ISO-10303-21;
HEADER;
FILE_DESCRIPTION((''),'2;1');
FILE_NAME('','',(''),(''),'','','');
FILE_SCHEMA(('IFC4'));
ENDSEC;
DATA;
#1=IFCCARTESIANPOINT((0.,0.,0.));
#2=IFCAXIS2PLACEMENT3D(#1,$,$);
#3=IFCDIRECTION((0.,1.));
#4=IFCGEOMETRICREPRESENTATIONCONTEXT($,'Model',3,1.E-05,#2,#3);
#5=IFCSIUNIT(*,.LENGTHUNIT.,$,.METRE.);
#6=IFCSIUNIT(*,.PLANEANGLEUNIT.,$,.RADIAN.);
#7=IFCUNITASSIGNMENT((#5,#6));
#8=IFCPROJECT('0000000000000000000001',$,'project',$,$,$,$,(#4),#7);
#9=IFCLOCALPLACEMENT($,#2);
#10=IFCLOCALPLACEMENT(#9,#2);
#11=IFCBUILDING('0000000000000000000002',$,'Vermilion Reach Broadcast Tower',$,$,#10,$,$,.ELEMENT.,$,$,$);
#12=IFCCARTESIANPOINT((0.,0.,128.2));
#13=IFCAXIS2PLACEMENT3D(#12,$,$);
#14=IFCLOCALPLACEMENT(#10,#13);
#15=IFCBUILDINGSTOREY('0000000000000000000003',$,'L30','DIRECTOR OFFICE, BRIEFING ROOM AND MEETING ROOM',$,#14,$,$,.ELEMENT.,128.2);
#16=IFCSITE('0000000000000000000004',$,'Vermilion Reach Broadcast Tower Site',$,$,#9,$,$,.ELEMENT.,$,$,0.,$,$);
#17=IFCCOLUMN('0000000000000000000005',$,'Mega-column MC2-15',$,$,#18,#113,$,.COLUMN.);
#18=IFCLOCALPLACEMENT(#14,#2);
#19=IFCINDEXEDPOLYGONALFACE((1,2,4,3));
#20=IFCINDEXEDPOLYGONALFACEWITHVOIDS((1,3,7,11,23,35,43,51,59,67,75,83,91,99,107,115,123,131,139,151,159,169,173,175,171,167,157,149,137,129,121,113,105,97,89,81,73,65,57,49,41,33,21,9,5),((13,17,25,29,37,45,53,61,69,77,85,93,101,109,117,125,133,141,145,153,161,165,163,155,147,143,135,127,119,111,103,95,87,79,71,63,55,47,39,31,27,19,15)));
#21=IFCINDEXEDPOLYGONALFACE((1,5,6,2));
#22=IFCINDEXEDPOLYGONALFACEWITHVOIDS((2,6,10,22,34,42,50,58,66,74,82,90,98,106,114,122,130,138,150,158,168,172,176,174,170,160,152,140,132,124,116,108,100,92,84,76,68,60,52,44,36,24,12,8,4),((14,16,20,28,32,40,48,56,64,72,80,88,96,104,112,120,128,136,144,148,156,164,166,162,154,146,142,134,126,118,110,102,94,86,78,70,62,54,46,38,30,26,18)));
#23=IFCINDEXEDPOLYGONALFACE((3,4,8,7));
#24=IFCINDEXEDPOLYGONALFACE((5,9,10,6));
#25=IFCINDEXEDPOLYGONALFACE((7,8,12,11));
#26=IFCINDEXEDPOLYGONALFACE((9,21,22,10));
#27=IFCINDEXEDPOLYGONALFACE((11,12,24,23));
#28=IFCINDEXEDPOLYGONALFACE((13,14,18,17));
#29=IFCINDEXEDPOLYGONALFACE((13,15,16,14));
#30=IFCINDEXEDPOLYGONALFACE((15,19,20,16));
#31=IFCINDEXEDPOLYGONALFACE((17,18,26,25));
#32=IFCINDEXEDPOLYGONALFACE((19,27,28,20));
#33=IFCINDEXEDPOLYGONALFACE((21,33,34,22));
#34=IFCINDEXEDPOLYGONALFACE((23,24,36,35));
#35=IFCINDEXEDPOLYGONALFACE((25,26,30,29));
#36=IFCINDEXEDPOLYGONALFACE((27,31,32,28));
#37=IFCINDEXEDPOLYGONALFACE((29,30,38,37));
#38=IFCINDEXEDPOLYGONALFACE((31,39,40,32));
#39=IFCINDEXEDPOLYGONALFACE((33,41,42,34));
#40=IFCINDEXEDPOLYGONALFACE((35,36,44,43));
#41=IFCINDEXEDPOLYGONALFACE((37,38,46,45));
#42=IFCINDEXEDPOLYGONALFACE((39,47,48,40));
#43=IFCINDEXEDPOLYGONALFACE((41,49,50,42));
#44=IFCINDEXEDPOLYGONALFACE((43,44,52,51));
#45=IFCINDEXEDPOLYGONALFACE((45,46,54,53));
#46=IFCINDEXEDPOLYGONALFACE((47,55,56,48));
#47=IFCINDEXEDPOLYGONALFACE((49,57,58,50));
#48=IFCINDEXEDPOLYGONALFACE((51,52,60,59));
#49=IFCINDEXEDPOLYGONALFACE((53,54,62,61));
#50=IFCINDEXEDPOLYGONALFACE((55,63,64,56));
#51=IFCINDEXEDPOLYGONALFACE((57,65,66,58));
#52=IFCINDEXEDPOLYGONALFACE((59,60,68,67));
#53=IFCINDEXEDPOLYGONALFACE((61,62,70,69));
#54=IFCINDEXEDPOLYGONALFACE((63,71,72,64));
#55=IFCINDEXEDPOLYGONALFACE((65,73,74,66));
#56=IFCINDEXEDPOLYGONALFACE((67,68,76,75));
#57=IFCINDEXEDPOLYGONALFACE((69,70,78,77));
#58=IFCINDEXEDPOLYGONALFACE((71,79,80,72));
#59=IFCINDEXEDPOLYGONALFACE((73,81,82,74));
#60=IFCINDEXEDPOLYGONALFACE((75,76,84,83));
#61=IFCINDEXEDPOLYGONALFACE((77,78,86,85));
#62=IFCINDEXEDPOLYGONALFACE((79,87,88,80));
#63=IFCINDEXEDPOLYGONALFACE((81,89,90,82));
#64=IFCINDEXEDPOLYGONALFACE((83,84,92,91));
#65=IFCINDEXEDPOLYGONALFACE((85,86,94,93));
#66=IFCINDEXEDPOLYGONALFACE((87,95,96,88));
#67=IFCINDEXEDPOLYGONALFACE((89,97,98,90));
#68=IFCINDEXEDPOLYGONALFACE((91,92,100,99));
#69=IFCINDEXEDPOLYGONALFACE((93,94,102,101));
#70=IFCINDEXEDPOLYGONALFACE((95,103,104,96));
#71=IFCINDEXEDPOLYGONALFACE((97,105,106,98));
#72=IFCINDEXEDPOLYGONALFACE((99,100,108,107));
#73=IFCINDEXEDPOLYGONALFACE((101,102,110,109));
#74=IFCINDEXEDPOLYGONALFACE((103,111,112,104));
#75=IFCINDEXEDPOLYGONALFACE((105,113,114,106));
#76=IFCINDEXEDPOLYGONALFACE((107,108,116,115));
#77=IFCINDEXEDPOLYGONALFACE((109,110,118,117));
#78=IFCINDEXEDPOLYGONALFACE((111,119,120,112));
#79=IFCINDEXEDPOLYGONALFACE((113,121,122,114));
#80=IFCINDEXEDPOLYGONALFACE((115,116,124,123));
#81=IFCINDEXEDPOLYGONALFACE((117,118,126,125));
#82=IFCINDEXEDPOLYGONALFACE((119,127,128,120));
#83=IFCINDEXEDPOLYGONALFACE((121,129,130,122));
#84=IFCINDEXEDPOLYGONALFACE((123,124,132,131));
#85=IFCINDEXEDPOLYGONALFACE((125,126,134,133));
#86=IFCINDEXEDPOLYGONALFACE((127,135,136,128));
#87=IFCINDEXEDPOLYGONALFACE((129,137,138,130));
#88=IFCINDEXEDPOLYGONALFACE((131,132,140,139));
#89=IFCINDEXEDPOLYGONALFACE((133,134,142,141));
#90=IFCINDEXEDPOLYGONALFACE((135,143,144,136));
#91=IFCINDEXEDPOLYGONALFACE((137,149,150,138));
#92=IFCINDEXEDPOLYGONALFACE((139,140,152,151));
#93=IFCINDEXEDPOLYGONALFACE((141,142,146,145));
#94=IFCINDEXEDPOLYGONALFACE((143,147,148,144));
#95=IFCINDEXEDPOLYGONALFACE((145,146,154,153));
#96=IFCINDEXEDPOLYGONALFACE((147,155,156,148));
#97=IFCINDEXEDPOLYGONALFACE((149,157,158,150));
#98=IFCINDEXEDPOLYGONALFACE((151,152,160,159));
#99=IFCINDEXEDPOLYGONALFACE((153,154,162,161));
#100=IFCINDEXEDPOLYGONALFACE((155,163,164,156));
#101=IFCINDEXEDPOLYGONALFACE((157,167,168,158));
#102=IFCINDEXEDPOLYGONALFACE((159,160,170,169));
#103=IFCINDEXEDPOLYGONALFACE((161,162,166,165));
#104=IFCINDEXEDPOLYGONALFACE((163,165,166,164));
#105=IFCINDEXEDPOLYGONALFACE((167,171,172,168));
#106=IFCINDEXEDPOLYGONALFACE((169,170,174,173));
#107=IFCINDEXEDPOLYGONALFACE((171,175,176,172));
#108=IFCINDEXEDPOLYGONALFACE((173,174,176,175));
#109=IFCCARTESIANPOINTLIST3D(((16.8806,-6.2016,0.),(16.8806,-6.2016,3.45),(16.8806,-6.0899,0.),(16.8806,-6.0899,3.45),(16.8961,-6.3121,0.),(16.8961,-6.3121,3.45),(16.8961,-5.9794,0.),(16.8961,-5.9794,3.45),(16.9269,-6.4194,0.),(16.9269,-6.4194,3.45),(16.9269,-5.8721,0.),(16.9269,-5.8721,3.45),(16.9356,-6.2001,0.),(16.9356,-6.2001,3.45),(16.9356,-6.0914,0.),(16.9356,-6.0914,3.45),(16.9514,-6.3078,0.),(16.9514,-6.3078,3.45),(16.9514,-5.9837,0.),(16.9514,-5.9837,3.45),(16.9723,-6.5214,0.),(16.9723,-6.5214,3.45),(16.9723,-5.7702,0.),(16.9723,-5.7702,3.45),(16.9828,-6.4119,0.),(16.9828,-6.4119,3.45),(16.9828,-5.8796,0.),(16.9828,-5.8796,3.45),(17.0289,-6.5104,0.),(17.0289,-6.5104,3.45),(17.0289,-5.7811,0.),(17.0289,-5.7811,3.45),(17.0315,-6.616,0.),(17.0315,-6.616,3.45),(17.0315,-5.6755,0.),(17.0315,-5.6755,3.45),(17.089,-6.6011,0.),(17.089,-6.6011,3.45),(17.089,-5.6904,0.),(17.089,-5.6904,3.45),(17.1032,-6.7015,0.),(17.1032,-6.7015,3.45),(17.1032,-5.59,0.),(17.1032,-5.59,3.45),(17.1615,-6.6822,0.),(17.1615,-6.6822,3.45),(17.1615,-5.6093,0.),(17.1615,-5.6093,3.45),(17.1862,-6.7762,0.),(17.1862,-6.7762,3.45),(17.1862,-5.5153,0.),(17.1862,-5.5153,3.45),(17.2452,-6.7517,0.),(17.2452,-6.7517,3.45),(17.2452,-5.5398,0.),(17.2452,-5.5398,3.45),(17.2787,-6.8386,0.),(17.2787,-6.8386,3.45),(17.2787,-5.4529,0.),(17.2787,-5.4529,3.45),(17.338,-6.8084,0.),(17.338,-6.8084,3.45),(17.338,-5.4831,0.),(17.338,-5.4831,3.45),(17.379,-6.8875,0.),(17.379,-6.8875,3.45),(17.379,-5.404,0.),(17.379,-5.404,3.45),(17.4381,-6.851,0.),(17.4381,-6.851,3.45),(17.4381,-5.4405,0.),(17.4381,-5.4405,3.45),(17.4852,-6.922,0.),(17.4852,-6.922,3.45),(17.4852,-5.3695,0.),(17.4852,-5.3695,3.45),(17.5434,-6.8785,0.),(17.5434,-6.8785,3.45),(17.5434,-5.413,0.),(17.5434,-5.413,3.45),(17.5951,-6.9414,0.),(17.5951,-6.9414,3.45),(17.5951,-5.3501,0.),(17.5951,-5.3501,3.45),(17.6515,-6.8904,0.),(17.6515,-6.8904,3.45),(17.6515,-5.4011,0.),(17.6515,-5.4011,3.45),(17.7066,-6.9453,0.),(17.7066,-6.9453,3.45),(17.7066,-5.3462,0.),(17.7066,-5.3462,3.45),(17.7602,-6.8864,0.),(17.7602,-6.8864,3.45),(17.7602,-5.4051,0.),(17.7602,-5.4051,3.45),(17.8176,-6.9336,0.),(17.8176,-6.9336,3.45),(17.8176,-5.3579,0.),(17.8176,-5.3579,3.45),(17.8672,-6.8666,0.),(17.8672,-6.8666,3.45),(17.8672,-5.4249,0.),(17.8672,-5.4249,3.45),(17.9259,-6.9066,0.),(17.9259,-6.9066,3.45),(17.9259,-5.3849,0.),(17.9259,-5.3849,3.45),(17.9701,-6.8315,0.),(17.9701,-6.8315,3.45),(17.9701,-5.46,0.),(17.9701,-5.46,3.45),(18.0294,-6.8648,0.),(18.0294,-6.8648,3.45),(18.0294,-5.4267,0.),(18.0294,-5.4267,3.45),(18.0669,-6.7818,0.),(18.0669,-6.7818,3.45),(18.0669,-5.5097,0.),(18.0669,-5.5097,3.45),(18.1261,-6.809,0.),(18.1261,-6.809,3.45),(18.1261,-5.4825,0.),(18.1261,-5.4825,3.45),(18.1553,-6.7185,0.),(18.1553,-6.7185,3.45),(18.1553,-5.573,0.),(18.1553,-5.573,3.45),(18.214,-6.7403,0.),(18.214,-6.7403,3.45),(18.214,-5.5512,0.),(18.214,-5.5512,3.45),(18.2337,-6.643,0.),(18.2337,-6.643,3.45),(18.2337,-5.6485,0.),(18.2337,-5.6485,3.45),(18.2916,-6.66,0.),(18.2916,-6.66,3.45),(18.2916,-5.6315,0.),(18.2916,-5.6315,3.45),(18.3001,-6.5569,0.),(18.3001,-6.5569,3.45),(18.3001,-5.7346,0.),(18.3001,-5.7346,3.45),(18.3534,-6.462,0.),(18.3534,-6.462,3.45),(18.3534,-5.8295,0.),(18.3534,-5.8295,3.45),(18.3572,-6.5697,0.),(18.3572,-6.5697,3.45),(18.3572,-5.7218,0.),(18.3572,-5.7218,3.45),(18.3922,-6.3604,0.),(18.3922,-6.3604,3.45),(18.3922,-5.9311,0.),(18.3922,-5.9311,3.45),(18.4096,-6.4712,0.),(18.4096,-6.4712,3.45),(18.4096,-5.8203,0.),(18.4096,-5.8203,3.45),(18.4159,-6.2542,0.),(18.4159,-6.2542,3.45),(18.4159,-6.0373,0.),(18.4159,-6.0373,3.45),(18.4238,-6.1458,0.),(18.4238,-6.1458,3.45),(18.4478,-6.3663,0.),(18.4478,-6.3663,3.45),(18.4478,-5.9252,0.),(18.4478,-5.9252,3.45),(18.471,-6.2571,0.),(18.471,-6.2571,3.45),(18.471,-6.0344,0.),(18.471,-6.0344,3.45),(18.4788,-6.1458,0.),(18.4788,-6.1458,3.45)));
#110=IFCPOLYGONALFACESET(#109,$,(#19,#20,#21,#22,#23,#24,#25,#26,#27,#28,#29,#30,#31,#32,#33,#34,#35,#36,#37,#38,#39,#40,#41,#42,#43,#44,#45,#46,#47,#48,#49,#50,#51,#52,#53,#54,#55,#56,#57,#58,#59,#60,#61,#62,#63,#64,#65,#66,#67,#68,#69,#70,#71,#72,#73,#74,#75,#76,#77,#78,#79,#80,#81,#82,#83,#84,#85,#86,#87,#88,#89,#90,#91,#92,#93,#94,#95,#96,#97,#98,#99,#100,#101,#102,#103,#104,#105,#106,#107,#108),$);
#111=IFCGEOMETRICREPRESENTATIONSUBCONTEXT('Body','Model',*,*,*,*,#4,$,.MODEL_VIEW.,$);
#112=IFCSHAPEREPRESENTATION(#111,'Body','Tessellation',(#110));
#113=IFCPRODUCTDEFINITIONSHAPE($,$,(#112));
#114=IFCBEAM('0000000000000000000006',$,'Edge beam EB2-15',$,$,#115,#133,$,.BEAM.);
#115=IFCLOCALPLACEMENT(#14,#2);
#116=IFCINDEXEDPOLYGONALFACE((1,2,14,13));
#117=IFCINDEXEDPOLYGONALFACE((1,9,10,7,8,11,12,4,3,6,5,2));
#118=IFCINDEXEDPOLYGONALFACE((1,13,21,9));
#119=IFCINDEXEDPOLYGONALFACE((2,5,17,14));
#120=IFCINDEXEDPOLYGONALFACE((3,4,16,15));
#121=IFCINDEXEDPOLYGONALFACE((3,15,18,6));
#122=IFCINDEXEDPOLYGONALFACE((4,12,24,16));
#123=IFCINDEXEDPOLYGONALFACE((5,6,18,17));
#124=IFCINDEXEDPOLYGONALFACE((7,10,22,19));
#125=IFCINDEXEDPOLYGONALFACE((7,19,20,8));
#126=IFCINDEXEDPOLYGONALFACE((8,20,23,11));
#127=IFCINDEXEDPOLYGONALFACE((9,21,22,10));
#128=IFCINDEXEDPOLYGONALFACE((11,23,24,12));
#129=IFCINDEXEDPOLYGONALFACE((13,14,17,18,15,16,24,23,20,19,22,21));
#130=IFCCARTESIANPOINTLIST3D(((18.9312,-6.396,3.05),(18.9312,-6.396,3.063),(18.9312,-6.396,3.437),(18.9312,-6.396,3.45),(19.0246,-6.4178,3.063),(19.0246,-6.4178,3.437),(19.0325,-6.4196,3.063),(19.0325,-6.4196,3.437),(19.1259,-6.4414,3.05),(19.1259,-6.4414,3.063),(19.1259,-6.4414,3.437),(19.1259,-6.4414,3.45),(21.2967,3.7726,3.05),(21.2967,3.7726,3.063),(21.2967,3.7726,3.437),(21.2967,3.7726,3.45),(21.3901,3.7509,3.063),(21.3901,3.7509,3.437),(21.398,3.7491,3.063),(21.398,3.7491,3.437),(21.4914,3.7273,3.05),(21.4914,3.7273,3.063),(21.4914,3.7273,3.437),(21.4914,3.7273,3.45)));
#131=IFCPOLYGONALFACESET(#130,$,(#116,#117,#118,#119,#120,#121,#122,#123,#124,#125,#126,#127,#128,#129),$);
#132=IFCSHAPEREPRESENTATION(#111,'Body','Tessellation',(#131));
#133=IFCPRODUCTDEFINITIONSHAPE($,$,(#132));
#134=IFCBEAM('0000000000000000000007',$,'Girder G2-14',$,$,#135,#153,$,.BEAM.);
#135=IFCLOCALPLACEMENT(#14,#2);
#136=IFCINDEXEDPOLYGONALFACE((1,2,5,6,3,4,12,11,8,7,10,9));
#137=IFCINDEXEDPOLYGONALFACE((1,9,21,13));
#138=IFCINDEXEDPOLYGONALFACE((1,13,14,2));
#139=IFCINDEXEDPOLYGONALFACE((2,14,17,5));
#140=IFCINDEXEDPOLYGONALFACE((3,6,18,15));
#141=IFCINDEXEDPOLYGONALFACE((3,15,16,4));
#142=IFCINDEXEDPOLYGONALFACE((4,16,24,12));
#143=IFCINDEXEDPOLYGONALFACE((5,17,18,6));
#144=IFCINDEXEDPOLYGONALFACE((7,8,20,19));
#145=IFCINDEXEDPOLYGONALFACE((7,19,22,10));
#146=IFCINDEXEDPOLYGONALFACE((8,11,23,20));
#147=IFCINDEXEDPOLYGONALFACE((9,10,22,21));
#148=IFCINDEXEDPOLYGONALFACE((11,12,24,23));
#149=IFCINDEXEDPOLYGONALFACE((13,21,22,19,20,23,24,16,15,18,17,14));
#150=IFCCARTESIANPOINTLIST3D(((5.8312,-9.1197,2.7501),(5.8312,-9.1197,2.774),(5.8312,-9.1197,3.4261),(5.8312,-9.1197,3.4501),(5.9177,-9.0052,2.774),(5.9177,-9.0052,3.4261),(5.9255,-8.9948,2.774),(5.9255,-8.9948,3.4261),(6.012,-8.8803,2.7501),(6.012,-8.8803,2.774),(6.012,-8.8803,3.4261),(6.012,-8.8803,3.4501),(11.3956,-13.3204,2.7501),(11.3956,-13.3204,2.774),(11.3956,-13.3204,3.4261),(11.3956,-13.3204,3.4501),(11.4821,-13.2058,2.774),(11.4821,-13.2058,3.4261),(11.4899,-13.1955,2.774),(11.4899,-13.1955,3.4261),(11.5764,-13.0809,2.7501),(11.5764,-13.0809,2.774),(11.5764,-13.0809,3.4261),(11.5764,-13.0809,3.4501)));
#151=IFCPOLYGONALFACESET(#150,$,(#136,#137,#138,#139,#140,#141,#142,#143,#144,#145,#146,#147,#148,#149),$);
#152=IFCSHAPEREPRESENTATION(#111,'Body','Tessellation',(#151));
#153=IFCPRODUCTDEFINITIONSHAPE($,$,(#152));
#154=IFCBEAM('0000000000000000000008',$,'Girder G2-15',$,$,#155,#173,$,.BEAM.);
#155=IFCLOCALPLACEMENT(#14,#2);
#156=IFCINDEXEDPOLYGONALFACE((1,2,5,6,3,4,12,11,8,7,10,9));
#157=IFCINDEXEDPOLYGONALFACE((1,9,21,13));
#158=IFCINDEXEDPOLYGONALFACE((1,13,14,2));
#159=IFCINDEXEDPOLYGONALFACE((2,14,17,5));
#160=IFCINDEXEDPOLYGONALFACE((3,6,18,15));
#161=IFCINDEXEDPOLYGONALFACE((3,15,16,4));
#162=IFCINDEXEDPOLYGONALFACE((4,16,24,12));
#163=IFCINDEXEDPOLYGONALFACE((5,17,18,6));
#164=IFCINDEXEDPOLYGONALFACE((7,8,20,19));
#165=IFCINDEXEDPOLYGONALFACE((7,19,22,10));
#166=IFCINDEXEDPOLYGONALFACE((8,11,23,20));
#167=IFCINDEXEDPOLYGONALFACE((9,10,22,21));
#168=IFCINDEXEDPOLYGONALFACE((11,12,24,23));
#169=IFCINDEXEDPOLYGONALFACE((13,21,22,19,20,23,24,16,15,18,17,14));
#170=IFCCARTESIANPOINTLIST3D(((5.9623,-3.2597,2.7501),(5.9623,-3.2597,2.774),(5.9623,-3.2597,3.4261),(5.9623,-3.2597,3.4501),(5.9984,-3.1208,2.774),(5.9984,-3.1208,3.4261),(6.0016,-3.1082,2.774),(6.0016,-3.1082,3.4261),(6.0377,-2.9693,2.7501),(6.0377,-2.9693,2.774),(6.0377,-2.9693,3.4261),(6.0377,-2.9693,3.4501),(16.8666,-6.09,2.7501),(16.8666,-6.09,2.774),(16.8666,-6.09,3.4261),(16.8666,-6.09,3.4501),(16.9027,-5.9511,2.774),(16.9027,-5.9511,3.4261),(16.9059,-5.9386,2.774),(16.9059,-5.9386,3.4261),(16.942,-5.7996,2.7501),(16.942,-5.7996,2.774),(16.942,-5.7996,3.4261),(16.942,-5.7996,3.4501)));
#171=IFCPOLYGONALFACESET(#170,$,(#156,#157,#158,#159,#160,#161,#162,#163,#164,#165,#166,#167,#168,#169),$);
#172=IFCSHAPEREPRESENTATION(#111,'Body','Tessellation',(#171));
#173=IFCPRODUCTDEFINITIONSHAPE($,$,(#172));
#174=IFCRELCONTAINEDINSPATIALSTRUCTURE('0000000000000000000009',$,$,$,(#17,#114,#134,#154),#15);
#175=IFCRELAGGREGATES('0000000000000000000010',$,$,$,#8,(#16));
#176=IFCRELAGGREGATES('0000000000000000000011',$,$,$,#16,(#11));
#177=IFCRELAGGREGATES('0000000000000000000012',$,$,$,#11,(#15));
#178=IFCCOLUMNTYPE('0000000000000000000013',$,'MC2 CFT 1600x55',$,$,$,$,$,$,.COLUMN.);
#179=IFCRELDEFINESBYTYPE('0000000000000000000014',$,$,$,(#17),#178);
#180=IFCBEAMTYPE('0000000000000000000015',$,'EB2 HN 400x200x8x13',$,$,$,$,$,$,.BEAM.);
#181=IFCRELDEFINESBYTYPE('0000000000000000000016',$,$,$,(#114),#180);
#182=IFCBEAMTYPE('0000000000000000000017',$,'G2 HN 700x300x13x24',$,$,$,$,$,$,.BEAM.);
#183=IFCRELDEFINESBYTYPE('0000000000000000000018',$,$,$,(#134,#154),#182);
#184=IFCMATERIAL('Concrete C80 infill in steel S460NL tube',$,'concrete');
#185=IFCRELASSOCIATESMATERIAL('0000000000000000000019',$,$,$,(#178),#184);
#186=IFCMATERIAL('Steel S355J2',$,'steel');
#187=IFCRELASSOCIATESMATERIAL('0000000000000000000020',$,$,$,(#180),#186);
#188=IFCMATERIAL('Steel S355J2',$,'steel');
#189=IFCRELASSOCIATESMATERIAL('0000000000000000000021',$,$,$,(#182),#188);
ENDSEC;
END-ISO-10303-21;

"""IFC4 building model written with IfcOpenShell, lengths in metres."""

from ifc_helpers import new_model, si_unit, direction, frame, origin, origin_2d, place, context, subcontext, project, spatial, hollow_circle, i_section, extrude, material, material_profile, profile_set, type_object, element, save


model = new_model("IFC4")

# Units and contexts
model_context = context("Model", 3, precision=1e-05, world=origin(), true_north=direction((0.0, 1.0)))
body_context = subcontext(model_context, "Body", "Model", "MODEL_VIEW")
ifc_project = project(units=[si_unit("LENGTHUNIT", "METRE"), si_unit("PLANEANGLEUNIT", "RADIAN")], contexts=[model_context])

# Site, building, storey
site_placement = place(None, origin())
site = spatial("IfcSite", under=ifc_project, at=site_placement, Name="Vermilion Reach Broadcast Tower Site", CompositionType="ELEMENT", RefElevation=0.0)
building_placement = place(site_placement, origin())
building = spatial("IfcBuilding", under=site, at=building_placement, Name="Vermilion Reach Broadcast Tower", CompositionType="ELEMENT")
storey_placement = place(building_placement, frame((0.0, 0.0, 128.2)))
storey = spatial("IfcBuildingStorey", under=building, at=storey_placement, Name="L30", Description="DIRECTOR OFFICE, BRIEFING ROOM AND MEETING ROOM", CompositionType="ELEMENT", Elevation=128.2)

# Column
ifc_material_1 = material(Name="Concrete C80 infill in steel S460NL tube", Category="concrete")
ifc_material_profile_1 = material_profile(ifc_material_1, hollow_circle(Radius=0.8, WallThickness=0.0549, at=origin_2d()), Name="Concrete C80 infill in steel S460NL tube CFT 1600x55")
ifc_profile_set_1 = profile_set([ifc_material_profile_1], Name="Concrete C80 infill in steel S460NL tube")
column_type = type_object("IfcColumnType", Name="MC2 CFT 1600x55", PredefinedType="COLUMN", material=ifc_profile_set_1)
column_placement = place(storey_placement, frame((17.6787, -6.1458, 0.0), z_axis=(0.0, 0.0, 1.0), x_axis=(1.0, 0.0, 0.0)))
element("IfcColumn", 1, at=column_placement, inside=storey, type_object=column_type, Name="Mega-column MC2-15", PredefinedType="COLUMN", context=body_context, shape_type="SweptSolid", body=[
    extrude(hollow_circle(Radius=0.8, WallThickness=0.0549, at=origin_2d()), origin(), (0.0, 0.0, 1.0), 3.45),
])

# Beams
ifc_material_2 = material(Name="Steel S355J2", Category="steel")
ifc_material_profile_2 = material_profile(ifc_material_2, i_section(OverallWidth=0.2, OverallDepth=0.3999, WebThickness=0.0081, FlangeThickness=0.0129, at=origin_2d()), Name="S355J2 HN 400x200x8x13")
ifc_profile_set_2 = profile_set([ifc_material_profile_2], Name="Steel S355J2")
beam_type_1 = type_object("IfcBeamType", Name="EB2 HN 400x200x8x13", PredefinedType="BEAM", material=ifc_profile_set_2)
beam_1_placement = place(storey_placement, frame((19.0286, -6.4187, 3.25), z_axis=(0.226574, 0.973994, 0.0), x_axis=(-0.973994, 0.226574, 0.0)))
element("IfcBeam", 2, at=beam_1_placement, inside=storey, type_object=beam_type_1, Name="Edge beam EB2-15", PredefinedType="BEAM", context=body_context, shape_type="SweptSolid", body=[
    extrude(i_section(OverallWidth=0.2, OverallDepth=0.3999, WebThickness=0.0081, FlangeThickness=0.0129, at=origin_2d()), origin(), (0.0, 0.0, 1.0), 10.4402),
])
ifc_material_3 = material(Name="Steel S355J2", Category="steel")
ifc_material_profile_3 = material_profile(ifc_material_3, i_section(OverallWidth=0.3, OverallDepth=0.7, WebThickness=0.0129, FlangeThickness=0.0239, at=origin_2d()), Name="S355J2 HN 700x300x13x24")
ifc_profile_set_3 = profile_set([ifc_material_profile_3], Name="Steel S355J2")
beam_type_2 = type_object("IfcBeamType", Name="G2 HN 700x300x13x24", PredefinedType="BEAM", material=ifc_profile_set_3)
beam_2_placement = place(storey_placement, frame((5.9216, -9.0, 3.1001), z_axis=(0.798114, -0.602507, 0.0), x_axis=(0.602507, 0.798114, 0.0)))
element("IfcBeam", 3, at=beam_2_placement, inside=storey, type_object=beam_type_2, Name="Girder G2-14", PredefinedType="BEAM", context=body_context, shape_type="SweptSolid", body=[
    extrude(i_section(OverallWidth=0.3, OverallDepth=0.7, WebThickness=0.0129, FlangeThickness=0.0239, at=origin_2d()), origin(), (0.0, 0.0, 1.0), 6.9719),
])
beam_3_placement = place(storey_placement, frame((6.0, -3.1145, 3.1001), z_axis=(0.967926, -0.251235, 0.0), x_axis=(0.251235, 0.967926, 0.0)))
element("IfcBeam", 4, at=beam_3_placement, inside=storey, type_object=beam_type_2, Name="Girder G2-15", PredefinedType="BEAM", context=body_context, shape_type="SweptSolid", body=[
    extrude(i_section(OverallWidth=0.3, OverallDepth=0.7, WebThickness=0.0129, FlangeThickness=0.0239, at=origin_2d()), origin(), (0.0, 0.0, 1.0), 11.2656),
])

save(model, "model.ifc")
